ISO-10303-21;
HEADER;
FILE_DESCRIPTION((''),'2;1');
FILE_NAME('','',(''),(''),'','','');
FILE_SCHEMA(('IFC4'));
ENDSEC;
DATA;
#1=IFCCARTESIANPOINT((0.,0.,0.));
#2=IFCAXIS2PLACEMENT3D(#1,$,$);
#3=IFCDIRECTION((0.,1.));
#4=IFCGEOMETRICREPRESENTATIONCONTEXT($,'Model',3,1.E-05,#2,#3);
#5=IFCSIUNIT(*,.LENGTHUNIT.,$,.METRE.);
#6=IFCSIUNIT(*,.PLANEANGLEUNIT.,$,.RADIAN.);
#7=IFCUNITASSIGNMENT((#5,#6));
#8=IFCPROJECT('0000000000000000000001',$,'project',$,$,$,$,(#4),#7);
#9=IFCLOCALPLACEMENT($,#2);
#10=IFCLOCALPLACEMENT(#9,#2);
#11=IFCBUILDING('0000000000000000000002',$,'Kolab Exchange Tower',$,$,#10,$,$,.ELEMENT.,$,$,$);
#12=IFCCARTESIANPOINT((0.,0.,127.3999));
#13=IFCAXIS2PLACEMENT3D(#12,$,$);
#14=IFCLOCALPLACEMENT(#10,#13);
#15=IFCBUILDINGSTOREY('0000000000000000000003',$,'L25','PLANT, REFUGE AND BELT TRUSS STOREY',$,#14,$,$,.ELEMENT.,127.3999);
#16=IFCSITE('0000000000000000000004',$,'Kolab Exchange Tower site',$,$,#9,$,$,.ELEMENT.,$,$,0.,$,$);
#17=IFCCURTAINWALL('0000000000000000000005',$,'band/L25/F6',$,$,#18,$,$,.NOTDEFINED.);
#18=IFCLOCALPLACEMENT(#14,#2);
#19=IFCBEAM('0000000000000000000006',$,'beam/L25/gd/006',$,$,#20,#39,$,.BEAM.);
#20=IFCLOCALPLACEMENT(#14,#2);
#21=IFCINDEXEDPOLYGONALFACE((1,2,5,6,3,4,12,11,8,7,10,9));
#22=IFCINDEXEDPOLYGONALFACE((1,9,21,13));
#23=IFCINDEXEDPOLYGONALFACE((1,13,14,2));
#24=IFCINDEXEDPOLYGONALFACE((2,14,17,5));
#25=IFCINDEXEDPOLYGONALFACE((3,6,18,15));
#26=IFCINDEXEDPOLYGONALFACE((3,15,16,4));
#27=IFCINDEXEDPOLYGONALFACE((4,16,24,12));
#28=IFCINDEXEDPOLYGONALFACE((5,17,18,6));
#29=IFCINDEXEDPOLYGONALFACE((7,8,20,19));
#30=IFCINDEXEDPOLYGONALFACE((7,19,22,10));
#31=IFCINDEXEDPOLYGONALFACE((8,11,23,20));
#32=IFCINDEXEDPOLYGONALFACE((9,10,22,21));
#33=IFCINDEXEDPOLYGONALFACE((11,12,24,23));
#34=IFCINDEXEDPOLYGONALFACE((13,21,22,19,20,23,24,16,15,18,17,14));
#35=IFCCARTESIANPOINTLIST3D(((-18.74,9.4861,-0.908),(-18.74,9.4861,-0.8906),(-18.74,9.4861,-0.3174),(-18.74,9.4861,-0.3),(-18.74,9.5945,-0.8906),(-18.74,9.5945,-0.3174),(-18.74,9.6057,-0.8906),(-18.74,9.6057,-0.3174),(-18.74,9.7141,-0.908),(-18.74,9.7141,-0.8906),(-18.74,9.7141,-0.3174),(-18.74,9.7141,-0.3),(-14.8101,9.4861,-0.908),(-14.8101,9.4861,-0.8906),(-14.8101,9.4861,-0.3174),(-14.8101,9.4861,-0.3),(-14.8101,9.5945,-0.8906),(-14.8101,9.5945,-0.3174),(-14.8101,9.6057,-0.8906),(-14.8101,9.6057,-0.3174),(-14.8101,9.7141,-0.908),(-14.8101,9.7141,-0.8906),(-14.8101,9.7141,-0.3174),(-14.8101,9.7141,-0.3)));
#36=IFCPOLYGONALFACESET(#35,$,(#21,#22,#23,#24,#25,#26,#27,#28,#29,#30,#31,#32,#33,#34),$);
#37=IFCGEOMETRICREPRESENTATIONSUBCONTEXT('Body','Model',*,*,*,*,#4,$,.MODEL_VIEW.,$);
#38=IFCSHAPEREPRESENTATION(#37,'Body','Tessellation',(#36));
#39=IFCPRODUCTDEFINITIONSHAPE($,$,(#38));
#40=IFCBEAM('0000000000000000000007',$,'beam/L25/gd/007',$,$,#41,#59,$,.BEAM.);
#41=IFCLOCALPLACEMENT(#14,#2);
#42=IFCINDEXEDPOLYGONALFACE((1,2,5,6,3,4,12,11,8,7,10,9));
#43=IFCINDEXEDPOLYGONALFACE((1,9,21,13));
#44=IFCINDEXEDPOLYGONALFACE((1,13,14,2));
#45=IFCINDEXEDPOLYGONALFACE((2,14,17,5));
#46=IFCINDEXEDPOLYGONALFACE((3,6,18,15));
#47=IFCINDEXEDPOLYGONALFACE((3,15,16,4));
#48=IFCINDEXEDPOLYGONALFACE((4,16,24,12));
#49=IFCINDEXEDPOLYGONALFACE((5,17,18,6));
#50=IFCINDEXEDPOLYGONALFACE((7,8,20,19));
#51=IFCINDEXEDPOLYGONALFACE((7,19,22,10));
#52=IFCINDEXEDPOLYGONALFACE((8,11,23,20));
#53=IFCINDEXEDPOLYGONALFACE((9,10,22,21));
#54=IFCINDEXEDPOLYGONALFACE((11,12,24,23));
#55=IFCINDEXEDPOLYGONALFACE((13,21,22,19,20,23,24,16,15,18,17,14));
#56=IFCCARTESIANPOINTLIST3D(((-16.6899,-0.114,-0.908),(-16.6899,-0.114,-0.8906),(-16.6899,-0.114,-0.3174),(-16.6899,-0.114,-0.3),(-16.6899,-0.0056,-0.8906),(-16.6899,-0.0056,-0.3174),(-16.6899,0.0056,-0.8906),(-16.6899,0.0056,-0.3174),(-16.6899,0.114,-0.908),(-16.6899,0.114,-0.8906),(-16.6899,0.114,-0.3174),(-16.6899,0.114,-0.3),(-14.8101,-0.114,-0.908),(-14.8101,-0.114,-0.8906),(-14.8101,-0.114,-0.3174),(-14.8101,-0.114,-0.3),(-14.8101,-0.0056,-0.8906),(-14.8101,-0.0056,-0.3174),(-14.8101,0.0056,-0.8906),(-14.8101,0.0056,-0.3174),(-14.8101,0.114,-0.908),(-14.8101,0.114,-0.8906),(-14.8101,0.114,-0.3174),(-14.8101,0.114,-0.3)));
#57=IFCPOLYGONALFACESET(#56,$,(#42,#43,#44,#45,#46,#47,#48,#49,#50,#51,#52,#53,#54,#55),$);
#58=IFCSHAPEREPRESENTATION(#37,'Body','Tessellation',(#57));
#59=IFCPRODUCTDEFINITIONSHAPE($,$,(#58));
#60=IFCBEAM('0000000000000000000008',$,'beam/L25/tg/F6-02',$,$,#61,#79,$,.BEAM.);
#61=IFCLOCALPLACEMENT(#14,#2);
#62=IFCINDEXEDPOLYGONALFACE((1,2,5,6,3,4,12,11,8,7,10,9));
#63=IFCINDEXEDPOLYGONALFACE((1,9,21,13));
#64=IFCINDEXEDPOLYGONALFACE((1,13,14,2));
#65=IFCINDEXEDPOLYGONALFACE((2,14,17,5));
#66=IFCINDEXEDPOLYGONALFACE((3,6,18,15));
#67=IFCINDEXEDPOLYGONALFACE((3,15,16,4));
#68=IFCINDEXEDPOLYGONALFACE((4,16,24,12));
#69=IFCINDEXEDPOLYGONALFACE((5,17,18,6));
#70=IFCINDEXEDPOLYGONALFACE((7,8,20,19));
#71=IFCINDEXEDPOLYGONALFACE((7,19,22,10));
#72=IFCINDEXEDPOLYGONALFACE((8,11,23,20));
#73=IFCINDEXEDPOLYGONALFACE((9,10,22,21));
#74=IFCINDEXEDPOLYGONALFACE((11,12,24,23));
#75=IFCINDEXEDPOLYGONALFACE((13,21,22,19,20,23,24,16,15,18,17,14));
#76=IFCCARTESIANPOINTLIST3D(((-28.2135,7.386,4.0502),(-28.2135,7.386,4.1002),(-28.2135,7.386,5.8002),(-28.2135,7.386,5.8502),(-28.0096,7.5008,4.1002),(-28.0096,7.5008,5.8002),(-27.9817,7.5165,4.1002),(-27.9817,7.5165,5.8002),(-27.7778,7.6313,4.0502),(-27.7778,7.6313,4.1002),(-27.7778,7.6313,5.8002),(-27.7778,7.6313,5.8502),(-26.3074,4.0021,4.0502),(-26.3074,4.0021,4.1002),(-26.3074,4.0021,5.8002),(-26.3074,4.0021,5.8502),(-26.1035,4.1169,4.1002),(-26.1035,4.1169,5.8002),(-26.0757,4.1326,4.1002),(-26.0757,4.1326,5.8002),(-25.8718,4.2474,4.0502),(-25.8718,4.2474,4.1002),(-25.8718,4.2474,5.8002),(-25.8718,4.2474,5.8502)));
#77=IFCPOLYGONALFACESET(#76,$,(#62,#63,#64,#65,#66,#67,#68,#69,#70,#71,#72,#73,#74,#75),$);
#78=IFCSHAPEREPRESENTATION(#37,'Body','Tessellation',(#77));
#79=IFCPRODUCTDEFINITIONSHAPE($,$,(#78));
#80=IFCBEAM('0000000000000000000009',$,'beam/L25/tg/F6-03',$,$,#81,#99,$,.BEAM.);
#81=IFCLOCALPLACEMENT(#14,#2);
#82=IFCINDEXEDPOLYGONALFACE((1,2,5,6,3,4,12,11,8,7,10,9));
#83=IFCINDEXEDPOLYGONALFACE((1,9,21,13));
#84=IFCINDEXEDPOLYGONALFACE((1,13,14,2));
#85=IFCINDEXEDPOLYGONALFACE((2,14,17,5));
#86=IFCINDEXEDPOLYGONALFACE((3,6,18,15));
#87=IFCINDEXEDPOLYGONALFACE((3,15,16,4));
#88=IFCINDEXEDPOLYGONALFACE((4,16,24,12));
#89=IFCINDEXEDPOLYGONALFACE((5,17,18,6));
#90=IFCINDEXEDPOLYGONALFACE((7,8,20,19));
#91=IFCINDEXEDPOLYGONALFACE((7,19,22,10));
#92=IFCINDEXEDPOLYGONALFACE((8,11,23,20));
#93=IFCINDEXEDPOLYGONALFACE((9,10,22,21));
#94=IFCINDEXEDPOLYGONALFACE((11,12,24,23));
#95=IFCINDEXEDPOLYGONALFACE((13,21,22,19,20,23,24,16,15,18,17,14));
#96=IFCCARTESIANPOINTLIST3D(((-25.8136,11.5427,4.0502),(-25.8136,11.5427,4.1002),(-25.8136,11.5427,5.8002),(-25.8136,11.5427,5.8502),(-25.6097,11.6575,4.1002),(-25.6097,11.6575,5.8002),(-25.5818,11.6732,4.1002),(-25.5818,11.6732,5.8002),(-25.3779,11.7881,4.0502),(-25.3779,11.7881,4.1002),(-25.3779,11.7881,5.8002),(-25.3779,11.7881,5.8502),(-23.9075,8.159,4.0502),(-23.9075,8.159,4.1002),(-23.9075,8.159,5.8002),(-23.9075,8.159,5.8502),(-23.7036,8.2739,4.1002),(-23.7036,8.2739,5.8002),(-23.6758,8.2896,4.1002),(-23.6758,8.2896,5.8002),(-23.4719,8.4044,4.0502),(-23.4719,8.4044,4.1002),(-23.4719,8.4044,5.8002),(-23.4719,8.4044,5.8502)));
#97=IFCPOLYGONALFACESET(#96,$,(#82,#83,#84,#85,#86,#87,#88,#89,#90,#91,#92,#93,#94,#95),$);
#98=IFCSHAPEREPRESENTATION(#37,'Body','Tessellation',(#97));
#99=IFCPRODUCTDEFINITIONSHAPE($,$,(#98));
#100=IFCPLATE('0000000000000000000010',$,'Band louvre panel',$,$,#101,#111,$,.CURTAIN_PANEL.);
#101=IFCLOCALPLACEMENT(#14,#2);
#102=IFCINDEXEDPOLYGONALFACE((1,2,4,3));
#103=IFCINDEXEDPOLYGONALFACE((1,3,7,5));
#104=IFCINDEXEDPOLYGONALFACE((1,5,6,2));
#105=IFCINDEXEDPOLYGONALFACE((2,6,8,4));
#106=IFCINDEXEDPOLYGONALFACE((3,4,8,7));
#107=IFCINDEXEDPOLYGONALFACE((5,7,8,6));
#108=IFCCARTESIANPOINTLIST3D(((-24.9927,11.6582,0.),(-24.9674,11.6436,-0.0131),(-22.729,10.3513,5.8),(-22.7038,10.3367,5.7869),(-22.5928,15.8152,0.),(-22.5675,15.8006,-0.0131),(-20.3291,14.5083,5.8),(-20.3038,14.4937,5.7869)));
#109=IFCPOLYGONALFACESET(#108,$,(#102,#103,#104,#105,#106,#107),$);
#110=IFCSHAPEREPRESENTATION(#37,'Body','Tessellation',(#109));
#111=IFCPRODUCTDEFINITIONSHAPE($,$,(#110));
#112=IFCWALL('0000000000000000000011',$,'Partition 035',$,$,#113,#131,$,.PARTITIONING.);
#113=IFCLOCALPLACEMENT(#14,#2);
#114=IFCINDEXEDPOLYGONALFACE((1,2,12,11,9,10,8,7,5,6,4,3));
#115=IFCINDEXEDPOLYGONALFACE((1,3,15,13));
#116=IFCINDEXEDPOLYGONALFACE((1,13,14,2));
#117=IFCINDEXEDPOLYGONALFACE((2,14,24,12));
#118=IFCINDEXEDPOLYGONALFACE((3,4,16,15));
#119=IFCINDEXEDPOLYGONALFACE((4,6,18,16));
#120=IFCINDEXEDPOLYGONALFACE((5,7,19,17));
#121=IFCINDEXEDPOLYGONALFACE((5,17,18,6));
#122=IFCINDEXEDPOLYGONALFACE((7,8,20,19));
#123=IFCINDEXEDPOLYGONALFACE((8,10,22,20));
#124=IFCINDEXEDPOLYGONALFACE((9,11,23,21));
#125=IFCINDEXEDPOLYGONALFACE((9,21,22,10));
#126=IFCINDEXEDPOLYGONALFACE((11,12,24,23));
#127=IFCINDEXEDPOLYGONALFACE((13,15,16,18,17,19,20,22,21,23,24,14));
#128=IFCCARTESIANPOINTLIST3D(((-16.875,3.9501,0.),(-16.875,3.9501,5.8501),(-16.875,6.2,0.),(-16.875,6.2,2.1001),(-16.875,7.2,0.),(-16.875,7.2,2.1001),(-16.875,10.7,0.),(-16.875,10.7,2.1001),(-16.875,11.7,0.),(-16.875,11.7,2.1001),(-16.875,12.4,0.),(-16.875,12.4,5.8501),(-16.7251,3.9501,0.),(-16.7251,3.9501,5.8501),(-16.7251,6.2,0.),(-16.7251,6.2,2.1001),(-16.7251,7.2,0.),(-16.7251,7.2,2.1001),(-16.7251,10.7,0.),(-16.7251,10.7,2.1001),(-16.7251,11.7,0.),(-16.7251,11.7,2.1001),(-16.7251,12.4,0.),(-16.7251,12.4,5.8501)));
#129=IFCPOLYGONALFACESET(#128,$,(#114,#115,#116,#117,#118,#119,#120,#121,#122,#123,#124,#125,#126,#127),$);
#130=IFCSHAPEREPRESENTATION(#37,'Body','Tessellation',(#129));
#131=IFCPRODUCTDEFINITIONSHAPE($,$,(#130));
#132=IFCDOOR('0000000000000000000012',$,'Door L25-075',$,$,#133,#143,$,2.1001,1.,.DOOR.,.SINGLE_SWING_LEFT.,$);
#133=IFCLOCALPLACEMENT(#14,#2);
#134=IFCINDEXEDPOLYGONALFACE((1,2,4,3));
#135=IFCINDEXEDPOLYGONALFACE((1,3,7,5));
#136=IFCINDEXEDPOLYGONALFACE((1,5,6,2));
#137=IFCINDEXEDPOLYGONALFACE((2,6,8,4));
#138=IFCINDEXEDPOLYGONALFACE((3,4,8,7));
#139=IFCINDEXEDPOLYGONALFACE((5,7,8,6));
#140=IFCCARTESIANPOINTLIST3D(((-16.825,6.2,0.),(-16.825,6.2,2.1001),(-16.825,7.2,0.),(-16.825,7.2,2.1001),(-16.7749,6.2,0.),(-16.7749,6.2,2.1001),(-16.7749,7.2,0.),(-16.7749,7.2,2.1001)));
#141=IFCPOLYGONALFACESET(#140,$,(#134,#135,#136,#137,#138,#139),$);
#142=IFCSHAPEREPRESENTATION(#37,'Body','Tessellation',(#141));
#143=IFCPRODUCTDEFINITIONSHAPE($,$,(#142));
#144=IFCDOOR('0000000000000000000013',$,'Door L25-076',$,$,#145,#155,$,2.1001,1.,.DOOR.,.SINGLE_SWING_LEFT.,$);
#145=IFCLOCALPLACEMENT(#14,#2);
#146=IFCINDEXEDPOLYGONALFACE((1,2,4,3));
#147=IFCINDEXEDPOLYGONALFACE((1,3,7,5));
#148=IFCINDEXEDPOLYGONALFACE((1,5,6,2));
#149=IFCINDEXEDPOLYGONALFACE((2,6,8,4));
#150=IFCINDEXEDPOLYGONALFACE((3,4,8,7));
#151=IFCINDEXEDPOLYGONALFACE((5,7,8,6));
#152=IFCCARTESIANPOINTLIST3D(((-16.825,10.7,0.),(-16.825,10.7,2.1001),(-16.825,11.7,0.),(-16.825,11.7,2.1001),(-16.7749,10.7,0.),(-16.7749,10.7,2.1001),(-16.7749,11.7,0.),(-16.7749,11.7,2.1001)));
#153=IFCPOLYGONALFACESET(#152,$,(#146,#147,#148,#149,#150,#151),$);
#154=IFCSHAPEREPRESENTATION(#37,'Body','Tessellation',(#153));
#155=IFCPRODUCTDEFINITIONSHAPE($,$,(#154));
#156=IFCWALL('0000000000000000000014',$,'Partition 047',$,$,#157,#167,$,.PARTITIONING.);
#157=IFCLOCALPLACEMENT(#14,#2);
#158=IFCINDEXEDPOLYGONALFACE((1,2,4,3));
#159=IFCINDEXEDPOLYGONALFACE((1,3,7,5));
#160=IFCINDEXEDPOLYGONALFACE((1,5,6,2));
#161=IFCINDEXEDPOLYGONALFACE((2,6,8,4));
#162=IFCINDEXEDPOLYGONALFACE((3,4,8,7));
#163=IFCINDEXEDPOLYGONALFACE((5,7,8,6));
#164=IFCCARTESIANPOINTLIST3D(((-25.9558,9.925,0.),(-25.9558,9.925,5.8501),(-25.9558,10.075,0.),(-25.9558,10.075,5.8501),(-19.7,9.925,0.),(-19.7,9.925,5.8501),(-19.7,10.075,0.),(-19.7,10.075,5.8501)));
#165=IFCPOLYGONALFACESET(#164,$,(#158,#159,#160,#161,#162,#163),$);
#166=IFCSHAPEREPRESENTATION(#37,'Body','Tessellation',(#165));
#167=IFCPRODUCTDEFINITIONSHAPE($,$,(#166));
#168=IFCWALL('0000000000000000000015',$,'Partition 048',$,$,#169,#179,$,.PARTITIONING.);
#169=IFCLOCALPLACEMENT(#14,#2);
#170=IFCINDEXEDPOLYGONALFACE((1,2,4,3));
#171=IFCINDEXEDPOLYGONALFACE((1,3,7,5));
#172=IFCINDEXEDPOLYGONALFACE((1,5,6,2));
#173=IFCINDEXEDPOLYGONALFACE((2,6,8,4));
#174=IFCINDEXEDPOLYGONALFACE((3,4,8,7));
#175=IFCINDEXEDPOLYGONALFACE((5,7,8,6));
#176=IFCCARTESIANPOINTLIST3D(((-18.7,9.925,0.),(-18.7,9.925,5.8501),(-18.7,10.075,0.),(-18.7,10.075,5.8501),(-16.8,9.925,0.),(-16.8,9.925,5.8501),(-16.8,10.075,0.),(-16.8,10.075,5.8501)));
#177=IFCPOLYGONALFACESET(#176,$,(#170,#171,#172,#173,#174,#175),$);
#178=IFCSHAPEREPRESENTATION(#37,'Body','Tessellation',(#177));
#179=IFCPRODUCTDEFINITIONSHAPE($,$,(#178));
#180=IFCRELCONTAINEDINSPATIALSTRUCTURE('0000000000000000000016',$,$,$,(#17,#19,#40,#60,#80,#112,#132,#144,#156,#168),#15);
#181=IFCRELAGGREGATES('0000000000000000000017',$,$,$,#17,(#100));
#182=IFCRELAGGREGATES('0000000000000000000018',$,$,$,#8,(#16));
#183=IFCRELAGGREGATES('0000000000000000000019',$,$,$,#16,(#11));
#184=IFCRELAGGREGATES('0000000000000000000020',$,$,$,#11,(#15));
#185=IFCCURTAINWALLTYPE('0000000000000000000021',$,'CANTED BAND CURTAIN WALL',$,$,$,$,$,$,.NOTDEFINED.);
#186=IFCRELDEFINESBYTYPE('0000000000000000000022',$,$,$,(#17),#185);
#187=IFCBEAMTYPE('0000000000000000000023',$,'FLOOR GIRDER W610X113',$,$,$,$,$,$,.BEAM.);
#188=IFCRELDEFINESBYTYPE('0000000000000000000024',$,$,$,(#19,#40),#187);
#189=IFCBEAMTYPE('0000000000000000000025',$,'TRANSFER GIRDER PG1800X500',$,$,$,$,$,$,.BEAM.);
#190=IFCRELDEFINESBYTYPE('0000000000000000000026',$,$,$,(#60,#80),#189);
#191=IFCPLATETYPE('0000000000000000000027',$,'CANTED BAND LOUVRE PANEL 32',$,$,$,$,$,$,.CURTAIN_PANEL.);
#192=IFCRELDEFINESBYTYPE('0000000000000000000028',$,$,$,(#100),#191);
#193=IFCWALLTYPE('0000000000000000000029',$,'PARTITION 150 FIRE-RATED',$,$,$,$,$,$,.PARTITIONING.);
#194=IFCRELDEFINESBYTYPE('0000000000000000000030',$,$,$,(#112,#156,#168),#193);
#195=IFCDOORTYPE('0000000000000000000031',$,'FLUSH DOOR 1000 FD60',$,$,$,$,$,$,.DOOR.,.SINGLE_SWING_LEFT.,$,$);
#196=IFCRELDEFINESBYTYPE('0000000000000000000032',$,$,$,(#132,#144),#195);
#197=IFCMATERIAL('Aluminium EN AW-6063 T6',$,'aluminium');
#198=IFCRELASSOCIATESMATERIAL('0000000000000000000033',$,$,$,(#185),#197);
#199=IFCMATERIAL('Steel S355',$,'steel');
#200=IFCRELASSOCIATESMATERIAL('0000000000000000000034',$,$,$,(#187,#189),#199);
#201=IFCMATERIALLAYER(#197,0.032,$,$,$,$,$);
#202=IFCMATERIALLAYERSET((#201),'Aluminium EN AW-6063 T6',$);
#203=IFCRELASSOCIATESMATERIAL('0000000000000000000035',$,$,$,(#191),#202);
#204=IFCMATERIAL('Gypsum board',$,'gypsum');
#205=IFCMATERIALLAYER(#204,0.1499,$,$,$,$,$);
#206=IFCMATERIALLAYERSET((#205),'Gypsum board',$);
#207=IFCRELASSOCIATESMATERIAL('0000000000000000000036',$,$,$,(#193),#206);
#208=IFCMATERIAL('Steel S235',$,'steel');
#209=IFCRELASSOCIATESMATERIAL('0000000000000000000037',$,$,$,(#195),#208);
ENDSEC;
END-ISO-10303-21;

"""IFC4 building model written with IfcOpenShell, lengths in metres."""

from ifc_helpers import new_model, si_unit, direction, frame, frame_2d, origin, origin_2d, place, context, subcontext, project, spatial, polyline, rectangle, i_section, outline, extrude, material, layer, layer_set, material_profile, profile_set, type_object, element, fill, aggregate, save


model = new_model("IFC4")

# Units and contexts
model_context = context("Model", 3, precision=1e-05, world=origin(), true_north=direction((0.0, 1.0)))
body_context = subcontext(model_context, "Body", "Model", "MODEL_VIEW")
ifc_project = project(units=[si_unit("LENGTHUNIT", "METRE"), si_unit("PLANEANGLEUNIT", "RADIAN")], contexts=[model_context])

# Site, building, storey
site_placement = place(None, origin())
site = spatial("IfcSite", under=ifc_project, at=site_placement, Name="Kolab Exchange Tower site", CompositionType="ELEMENT", RefElevation=0.0)
building_placement = place(site_placement, origin())
building = spatial("IfcBuilding", under=site, at=building_placement, Name="Kolab Exchange Tower", CompositionType="ELEMENT")
storey_placement = place(building_placement, frame((0.0, 0.0, 127.3999)))
storey = spatial("IfcBuildingStorey", under=building, at=storey_placement, Name="L25", Description="PLANT, REFUGE AND BELT TRUSS STOREY", CompositionType="ELEMENT", Elevation=127.3999)

# Shared definitions
ifc_material_1 = material(Name="Steel S355", Category="steel")

# Curtain wall
ifc_material_2 = material(Name="Aluminium EN AW-6063 T6", Category="aluminium")
curtain_wall_type = type_object("IfcCurtainWallType", Name="CANTED BAND CURTAIN WALL", PredefinedType="NOTDEFINED", material=ifc_material_2)
curtain_wall_placement = place(storey_placement, origin())
curtain_wall = element("IfcCurtainWall", 1, at=curtain_wall_placement, inside=storey, type_object=curtain_wall_type, Name="band/L25/F6", PredefinedType="NOTDEFINED")

# Beams
ifc_material_profile_1 = material_profile(ifc_material_1, i_section(OverallWidth=0.228, OverallDepth=0.6079, WebThickness=0.0112, FlangeThickness=0.0173, at=origin_2d()), Name="W610X113")
ifc_profile_set_1 = profile_set([ifc_material_profile_1], Name="Steel S355")
beam_type_1 = type_object("IfcBeamType", Name="FLOOR GIRDER W610X113", PredefinedType="BEAM", material=ifc_profile_set_1)
beam_1_placement = place(storey_placement, frame((-18.74, 9.6001, -0.604), z_axis=(1.0, 0.0, 0.0), x_axis=(0.0, 1.0, 0.0)))
element("IfcBeam", 2, at=beam_1_placement, inside=storey, type_object=beam_type_1, Name="beam/L25/gd/006", PredefinedType="BEAM", context=body_context, shape_type="SweptSolid", body=[
    extrude(i_section(OverallWidth=0.228, OverallDepth=0.6079, WebThickness=0.0112, FlangeThickness=0.0173, at=origin_2d()), origin(), (0.0, 0.0, 1.0), 3.9299),
])
beam_2_placement = place(storey_placement, frame((-16.6899, 0.0, -0.604), z_axis=(1.0, 0.0, 0.0), x_axis=(0.0, 1.0, 0.0)))
element("IfcBeam", 3, at=beam_2_placement, inside=storey, type_object=beam_type_1, Name="beam/L25/gd/007", PredefinedType="BEAM", context=body_context, shape_type="SweptSolid", body=[
    extrude(i_section(OverallWidth=0.228, OverallDepth=0.6079, WebThickness=0.0112, FlangeThickness=0.0173, at=origin_2d()), origin(), (0.0, 0.0, 1.0), 1.8799),
])
ifc_material_profile_2 = material_profile(ifc_material_1, i_section(OverallWidth=0.5, OverallDepth=1.8, WebThickness=0.032, FlangeThickness=0.05, at=origin_2d()), Name="PG1800X500")
ifc_profile_set_2 = profile_set([ifc_material_profile_2], Name="Steel S355")
beam_type_2 = type_object("IfcBeamType", Name="TRANSFER GIRDER PG1800X500", PredefinedType="BEAM", material=ifc_profile_set_2)
beam_3_placement = place(storey_placement, frame((-26.0896, 4.1248, 4.9502), z_axis=(-0.490775, 0.871287, 0.0), x_axis=(-0.871287, -0.490775, 0.0)))
element("IfcBeam", 4, at=beam_3_placement, inside=storey, type_object=beam_type_2, Name="beam/L25/tg/F6-02", PredefinedType="BEAM", context=body_context, shape_type="SweptSolid", body=[
    extrude(i_section(OverallWidth=0.5, OverallDepth=1.8, WebThickness=0.032, FlangeThickness=0.05, at=origin_2d()), origin(), (0.0, 0.0, 1.0), 3.8838),
])
beam_4_placement = place(storey_placement, frame((-23.6897, 8.2817, 4.9502), z_axis=(-0.490801, 0.871271, 0.0), x_axis=(-0.871271, -0.490801, 0.0)))
element("IfcBeam", 5, at=beam_4_placement, inside=storey, type_object=beam_type_2, Name="beam/L25/tg/F6-03", PredefinedType="BEAM", context=body_context, shape_type="SweptSolid", body=[
    extrude(i_section(OverallWidth=0.5, OverallDepth=1.8, WebThickness=0.032, FlangeThickness=0.05, at=origin_2d()), origin(), (0.0, 0.0, 1.0), 3.8835),
])

# Plate
ifc_layer_1 = layer(ifc_material_2, 0.032)
ifc_layer_set_1 = layer_set([ifc_layer_1], Name="Aluminium EN AW-6063 T6")
plate_type = type_object("IfcPlateType", Name="CANTED BAND LOUVRE PANEL 32", PredefinedType="CURTAIN_PANEL", material=ifc_layer_set_1)
plate_placement = place(storey_placement, frame((-24.9927, 11.6582, 0.0), z_axis=(-0.789563, 0.45583, 0.410864), x_axis=(0.499979, 0.866037, 0.0)))
plate = element("IfcPlate", 6, at=plate_placement, type_object=plate_type, Name="Band louvre panel", PredefinedType="CURTAIN_PANEL", context=body_context, shape_type="SweptSolid", body=[
    extrude(outline(polyline([(0.0, 0.0), (4.8, 0.0), (4.8, -6.3618), (0.0, -6.3618), (0.0, 0.0)])), origin(), (0.0, 0.0, -1.0), 0.032),
])
aggregate(curtain_wall, [plate])

# Wall, openings, doors
ifc_material_3 = material(Name="Gypsum board", Category="gypsum")
ifc_layer_2 = layer(ifc_material_3, 0.1499)
ifc_layer_set_2 = layer_set([ifc_layer_2], Name="Gypsum board")
wall_type_1 = type_object("IfcWallType", Name="PARTITION 150 FIRE-RATED", PredefinedType="PARTITIONING", material=ifc_layer_set_2)
wall_1_placement = place(storey_placement, frame((-16.8, 3.95, 0.0), z_axis=(0.0, 0.0, 1.0), x_axis=(0.0, 1.0, 0.0)))
wall_1 = element("IfcWall", 7, at=wall_1_placement, inside=storey, type_object=wall_type_1, Name="Partition 035", PredefinedType="PARTITIONING", context=body_context, shape_type="SweptSolid", body=[
    extrude(rectangle(XDim=8.45, YDim=0.1499, at=frame_2d((4.2251, 0.0))), origin(), (0.0, 0.0, 1.0), 5.8501),
])
opening_1_placement = place(wall_1_placement, frame((2.25, 0.0, 0.0)))
opening_1 = element("IfcOpeningElement", 8, at=opening_1_placement, cuts=wall_1, PredefinedType="OPENING", context=body_context, shape_type="SweptSolid", body=[
    extrude(rectangle(XDim=1.0, YDim=2.1001, at=frame_2d((0.5, 1.05))), frame((0.0, 0.085, 0.0), z_axis=(0.0, -1.0, 0.0), x_axis=(1.0, 0.0, 0.0)), (0.0, 0.0, 1.0), 0.1699),
])
opening_2_placement = place(wall_1_placement, frame((6.75, 0.0, 0.0)))
opening_2 = element("IfcOpeningElement", 9, at=opening_2_placement, cuts=wall_1, PredefinedType="OPENING", context=body_context, shape_type="SweptSolid", body=[
    extrude(rectangle(XDim=1.0, YDim=2.1001, at=frame_2d((0.5, 1.05))), frame((0.0, 0.085, 0.0), z_axis=(0.0, -1.0, 0.0), x_axis=(1.0, 0.0, 0.0)), (0.0, 0.0, 1.0), 0.1699),
])
ifc_material_4 = material(Name="Steel S235", Category="steel")
door_type = type_object("IfcDoorType", Name="FLUSH DOOR 1000 FD60", OperationType="SINGLE_SWING_LEFT", PredefinedType="DOOR", material=ifc_material_4)
door_1_placement = place(opening_1_placement, origin())
door_1 = element("IfcDoor", 10, at=door_1_placement, inside=storey, type_object=door_type, Name="Door L25-075", OperationType="SINGLE_SWING_LEFT", OverallHeight=2.1001, OverallWidth=1.0, PredefinedType="DOOR", context=body_context, shape_type="SweptSolid", body=[
    extrude(rectangle(XDim=1.0, YDim=2.1001, at=frame_2d((0.5, 1.05))), frame((0.0, 0.0249, 0.0), z_axis=(0.0, -1.0, 0.0), x_axis=(1.0, 0.0, 0.0)), (0.0, 0.0, 1.0), 0.05),
])
fill(opening_1, door_1)
door_2_placement = place(opening_2_placement, origin())
door_2 = element("IfcDoor", 11, at=door_2_placement, inside=storey, type_object=door_type, Name="Door L25-076", OperationType="SINGLE_SWING_LEFT", OverallHeight=2.1001, OverallWidth=1.0, PredefinedType="DOOR", context=body_context, shape_type="SweptSolid", body=[
    extrude(rectangle(XDim=1.0, YDim=2.1001, at=frame_2d((0.5, 1.05))), frame((0.0, 0.0249, 0.0), z_axis=(0.0, -1.0, 0.0), x_axis=(1.0, 0.0, 0.0)), (0.0, 0.0, 1.0), 0.05),
])
fill(opening_2, door_2)

# Walls
wall_2_placement = place(storey_placement, frame((-25.9558, 10.0, 0.0), z_axis=(0.0, 0.0, 1.0), x_axis=(1.0, 0.0, 0.0)))
element("IfcWall", 12, at=wall_2_placement, inside=storey, type_object=wall_type_1, Name="Partition 047", PredefinedType="PARTITIONING", context=body_context, shape_type="SweptSolid", body=[
    extrude(rectangle(XDim=6.2559, YDim=0.1499, at=frame_2d((3.1279, 0.0))), origin(), (0.0, 0.0, 1.0), 5.8501),
])
wall_3_placement = place(storey_placement, frame((-18.7, 10.0, 0.0), z_axis=(0.0, 0.0, 1.0), x_axis=(1.0, 0.0, 0.0)))
element("IfcWall", 13, at=wall_3_placement, inside=storey, type_object=wall_type_1, Name="Partition 048", PredefinedType="PARTITIONING", context=body_context, shape_type="SweptSolid", body=[
    extrude(rectangle(XDim=1.8999, YDim=0.1499, at=frame_2d((0.95, 0.0))), origin(), (0.0, 0.0, 1.0), 5.8501),
])

save(model, "model.ifc")
